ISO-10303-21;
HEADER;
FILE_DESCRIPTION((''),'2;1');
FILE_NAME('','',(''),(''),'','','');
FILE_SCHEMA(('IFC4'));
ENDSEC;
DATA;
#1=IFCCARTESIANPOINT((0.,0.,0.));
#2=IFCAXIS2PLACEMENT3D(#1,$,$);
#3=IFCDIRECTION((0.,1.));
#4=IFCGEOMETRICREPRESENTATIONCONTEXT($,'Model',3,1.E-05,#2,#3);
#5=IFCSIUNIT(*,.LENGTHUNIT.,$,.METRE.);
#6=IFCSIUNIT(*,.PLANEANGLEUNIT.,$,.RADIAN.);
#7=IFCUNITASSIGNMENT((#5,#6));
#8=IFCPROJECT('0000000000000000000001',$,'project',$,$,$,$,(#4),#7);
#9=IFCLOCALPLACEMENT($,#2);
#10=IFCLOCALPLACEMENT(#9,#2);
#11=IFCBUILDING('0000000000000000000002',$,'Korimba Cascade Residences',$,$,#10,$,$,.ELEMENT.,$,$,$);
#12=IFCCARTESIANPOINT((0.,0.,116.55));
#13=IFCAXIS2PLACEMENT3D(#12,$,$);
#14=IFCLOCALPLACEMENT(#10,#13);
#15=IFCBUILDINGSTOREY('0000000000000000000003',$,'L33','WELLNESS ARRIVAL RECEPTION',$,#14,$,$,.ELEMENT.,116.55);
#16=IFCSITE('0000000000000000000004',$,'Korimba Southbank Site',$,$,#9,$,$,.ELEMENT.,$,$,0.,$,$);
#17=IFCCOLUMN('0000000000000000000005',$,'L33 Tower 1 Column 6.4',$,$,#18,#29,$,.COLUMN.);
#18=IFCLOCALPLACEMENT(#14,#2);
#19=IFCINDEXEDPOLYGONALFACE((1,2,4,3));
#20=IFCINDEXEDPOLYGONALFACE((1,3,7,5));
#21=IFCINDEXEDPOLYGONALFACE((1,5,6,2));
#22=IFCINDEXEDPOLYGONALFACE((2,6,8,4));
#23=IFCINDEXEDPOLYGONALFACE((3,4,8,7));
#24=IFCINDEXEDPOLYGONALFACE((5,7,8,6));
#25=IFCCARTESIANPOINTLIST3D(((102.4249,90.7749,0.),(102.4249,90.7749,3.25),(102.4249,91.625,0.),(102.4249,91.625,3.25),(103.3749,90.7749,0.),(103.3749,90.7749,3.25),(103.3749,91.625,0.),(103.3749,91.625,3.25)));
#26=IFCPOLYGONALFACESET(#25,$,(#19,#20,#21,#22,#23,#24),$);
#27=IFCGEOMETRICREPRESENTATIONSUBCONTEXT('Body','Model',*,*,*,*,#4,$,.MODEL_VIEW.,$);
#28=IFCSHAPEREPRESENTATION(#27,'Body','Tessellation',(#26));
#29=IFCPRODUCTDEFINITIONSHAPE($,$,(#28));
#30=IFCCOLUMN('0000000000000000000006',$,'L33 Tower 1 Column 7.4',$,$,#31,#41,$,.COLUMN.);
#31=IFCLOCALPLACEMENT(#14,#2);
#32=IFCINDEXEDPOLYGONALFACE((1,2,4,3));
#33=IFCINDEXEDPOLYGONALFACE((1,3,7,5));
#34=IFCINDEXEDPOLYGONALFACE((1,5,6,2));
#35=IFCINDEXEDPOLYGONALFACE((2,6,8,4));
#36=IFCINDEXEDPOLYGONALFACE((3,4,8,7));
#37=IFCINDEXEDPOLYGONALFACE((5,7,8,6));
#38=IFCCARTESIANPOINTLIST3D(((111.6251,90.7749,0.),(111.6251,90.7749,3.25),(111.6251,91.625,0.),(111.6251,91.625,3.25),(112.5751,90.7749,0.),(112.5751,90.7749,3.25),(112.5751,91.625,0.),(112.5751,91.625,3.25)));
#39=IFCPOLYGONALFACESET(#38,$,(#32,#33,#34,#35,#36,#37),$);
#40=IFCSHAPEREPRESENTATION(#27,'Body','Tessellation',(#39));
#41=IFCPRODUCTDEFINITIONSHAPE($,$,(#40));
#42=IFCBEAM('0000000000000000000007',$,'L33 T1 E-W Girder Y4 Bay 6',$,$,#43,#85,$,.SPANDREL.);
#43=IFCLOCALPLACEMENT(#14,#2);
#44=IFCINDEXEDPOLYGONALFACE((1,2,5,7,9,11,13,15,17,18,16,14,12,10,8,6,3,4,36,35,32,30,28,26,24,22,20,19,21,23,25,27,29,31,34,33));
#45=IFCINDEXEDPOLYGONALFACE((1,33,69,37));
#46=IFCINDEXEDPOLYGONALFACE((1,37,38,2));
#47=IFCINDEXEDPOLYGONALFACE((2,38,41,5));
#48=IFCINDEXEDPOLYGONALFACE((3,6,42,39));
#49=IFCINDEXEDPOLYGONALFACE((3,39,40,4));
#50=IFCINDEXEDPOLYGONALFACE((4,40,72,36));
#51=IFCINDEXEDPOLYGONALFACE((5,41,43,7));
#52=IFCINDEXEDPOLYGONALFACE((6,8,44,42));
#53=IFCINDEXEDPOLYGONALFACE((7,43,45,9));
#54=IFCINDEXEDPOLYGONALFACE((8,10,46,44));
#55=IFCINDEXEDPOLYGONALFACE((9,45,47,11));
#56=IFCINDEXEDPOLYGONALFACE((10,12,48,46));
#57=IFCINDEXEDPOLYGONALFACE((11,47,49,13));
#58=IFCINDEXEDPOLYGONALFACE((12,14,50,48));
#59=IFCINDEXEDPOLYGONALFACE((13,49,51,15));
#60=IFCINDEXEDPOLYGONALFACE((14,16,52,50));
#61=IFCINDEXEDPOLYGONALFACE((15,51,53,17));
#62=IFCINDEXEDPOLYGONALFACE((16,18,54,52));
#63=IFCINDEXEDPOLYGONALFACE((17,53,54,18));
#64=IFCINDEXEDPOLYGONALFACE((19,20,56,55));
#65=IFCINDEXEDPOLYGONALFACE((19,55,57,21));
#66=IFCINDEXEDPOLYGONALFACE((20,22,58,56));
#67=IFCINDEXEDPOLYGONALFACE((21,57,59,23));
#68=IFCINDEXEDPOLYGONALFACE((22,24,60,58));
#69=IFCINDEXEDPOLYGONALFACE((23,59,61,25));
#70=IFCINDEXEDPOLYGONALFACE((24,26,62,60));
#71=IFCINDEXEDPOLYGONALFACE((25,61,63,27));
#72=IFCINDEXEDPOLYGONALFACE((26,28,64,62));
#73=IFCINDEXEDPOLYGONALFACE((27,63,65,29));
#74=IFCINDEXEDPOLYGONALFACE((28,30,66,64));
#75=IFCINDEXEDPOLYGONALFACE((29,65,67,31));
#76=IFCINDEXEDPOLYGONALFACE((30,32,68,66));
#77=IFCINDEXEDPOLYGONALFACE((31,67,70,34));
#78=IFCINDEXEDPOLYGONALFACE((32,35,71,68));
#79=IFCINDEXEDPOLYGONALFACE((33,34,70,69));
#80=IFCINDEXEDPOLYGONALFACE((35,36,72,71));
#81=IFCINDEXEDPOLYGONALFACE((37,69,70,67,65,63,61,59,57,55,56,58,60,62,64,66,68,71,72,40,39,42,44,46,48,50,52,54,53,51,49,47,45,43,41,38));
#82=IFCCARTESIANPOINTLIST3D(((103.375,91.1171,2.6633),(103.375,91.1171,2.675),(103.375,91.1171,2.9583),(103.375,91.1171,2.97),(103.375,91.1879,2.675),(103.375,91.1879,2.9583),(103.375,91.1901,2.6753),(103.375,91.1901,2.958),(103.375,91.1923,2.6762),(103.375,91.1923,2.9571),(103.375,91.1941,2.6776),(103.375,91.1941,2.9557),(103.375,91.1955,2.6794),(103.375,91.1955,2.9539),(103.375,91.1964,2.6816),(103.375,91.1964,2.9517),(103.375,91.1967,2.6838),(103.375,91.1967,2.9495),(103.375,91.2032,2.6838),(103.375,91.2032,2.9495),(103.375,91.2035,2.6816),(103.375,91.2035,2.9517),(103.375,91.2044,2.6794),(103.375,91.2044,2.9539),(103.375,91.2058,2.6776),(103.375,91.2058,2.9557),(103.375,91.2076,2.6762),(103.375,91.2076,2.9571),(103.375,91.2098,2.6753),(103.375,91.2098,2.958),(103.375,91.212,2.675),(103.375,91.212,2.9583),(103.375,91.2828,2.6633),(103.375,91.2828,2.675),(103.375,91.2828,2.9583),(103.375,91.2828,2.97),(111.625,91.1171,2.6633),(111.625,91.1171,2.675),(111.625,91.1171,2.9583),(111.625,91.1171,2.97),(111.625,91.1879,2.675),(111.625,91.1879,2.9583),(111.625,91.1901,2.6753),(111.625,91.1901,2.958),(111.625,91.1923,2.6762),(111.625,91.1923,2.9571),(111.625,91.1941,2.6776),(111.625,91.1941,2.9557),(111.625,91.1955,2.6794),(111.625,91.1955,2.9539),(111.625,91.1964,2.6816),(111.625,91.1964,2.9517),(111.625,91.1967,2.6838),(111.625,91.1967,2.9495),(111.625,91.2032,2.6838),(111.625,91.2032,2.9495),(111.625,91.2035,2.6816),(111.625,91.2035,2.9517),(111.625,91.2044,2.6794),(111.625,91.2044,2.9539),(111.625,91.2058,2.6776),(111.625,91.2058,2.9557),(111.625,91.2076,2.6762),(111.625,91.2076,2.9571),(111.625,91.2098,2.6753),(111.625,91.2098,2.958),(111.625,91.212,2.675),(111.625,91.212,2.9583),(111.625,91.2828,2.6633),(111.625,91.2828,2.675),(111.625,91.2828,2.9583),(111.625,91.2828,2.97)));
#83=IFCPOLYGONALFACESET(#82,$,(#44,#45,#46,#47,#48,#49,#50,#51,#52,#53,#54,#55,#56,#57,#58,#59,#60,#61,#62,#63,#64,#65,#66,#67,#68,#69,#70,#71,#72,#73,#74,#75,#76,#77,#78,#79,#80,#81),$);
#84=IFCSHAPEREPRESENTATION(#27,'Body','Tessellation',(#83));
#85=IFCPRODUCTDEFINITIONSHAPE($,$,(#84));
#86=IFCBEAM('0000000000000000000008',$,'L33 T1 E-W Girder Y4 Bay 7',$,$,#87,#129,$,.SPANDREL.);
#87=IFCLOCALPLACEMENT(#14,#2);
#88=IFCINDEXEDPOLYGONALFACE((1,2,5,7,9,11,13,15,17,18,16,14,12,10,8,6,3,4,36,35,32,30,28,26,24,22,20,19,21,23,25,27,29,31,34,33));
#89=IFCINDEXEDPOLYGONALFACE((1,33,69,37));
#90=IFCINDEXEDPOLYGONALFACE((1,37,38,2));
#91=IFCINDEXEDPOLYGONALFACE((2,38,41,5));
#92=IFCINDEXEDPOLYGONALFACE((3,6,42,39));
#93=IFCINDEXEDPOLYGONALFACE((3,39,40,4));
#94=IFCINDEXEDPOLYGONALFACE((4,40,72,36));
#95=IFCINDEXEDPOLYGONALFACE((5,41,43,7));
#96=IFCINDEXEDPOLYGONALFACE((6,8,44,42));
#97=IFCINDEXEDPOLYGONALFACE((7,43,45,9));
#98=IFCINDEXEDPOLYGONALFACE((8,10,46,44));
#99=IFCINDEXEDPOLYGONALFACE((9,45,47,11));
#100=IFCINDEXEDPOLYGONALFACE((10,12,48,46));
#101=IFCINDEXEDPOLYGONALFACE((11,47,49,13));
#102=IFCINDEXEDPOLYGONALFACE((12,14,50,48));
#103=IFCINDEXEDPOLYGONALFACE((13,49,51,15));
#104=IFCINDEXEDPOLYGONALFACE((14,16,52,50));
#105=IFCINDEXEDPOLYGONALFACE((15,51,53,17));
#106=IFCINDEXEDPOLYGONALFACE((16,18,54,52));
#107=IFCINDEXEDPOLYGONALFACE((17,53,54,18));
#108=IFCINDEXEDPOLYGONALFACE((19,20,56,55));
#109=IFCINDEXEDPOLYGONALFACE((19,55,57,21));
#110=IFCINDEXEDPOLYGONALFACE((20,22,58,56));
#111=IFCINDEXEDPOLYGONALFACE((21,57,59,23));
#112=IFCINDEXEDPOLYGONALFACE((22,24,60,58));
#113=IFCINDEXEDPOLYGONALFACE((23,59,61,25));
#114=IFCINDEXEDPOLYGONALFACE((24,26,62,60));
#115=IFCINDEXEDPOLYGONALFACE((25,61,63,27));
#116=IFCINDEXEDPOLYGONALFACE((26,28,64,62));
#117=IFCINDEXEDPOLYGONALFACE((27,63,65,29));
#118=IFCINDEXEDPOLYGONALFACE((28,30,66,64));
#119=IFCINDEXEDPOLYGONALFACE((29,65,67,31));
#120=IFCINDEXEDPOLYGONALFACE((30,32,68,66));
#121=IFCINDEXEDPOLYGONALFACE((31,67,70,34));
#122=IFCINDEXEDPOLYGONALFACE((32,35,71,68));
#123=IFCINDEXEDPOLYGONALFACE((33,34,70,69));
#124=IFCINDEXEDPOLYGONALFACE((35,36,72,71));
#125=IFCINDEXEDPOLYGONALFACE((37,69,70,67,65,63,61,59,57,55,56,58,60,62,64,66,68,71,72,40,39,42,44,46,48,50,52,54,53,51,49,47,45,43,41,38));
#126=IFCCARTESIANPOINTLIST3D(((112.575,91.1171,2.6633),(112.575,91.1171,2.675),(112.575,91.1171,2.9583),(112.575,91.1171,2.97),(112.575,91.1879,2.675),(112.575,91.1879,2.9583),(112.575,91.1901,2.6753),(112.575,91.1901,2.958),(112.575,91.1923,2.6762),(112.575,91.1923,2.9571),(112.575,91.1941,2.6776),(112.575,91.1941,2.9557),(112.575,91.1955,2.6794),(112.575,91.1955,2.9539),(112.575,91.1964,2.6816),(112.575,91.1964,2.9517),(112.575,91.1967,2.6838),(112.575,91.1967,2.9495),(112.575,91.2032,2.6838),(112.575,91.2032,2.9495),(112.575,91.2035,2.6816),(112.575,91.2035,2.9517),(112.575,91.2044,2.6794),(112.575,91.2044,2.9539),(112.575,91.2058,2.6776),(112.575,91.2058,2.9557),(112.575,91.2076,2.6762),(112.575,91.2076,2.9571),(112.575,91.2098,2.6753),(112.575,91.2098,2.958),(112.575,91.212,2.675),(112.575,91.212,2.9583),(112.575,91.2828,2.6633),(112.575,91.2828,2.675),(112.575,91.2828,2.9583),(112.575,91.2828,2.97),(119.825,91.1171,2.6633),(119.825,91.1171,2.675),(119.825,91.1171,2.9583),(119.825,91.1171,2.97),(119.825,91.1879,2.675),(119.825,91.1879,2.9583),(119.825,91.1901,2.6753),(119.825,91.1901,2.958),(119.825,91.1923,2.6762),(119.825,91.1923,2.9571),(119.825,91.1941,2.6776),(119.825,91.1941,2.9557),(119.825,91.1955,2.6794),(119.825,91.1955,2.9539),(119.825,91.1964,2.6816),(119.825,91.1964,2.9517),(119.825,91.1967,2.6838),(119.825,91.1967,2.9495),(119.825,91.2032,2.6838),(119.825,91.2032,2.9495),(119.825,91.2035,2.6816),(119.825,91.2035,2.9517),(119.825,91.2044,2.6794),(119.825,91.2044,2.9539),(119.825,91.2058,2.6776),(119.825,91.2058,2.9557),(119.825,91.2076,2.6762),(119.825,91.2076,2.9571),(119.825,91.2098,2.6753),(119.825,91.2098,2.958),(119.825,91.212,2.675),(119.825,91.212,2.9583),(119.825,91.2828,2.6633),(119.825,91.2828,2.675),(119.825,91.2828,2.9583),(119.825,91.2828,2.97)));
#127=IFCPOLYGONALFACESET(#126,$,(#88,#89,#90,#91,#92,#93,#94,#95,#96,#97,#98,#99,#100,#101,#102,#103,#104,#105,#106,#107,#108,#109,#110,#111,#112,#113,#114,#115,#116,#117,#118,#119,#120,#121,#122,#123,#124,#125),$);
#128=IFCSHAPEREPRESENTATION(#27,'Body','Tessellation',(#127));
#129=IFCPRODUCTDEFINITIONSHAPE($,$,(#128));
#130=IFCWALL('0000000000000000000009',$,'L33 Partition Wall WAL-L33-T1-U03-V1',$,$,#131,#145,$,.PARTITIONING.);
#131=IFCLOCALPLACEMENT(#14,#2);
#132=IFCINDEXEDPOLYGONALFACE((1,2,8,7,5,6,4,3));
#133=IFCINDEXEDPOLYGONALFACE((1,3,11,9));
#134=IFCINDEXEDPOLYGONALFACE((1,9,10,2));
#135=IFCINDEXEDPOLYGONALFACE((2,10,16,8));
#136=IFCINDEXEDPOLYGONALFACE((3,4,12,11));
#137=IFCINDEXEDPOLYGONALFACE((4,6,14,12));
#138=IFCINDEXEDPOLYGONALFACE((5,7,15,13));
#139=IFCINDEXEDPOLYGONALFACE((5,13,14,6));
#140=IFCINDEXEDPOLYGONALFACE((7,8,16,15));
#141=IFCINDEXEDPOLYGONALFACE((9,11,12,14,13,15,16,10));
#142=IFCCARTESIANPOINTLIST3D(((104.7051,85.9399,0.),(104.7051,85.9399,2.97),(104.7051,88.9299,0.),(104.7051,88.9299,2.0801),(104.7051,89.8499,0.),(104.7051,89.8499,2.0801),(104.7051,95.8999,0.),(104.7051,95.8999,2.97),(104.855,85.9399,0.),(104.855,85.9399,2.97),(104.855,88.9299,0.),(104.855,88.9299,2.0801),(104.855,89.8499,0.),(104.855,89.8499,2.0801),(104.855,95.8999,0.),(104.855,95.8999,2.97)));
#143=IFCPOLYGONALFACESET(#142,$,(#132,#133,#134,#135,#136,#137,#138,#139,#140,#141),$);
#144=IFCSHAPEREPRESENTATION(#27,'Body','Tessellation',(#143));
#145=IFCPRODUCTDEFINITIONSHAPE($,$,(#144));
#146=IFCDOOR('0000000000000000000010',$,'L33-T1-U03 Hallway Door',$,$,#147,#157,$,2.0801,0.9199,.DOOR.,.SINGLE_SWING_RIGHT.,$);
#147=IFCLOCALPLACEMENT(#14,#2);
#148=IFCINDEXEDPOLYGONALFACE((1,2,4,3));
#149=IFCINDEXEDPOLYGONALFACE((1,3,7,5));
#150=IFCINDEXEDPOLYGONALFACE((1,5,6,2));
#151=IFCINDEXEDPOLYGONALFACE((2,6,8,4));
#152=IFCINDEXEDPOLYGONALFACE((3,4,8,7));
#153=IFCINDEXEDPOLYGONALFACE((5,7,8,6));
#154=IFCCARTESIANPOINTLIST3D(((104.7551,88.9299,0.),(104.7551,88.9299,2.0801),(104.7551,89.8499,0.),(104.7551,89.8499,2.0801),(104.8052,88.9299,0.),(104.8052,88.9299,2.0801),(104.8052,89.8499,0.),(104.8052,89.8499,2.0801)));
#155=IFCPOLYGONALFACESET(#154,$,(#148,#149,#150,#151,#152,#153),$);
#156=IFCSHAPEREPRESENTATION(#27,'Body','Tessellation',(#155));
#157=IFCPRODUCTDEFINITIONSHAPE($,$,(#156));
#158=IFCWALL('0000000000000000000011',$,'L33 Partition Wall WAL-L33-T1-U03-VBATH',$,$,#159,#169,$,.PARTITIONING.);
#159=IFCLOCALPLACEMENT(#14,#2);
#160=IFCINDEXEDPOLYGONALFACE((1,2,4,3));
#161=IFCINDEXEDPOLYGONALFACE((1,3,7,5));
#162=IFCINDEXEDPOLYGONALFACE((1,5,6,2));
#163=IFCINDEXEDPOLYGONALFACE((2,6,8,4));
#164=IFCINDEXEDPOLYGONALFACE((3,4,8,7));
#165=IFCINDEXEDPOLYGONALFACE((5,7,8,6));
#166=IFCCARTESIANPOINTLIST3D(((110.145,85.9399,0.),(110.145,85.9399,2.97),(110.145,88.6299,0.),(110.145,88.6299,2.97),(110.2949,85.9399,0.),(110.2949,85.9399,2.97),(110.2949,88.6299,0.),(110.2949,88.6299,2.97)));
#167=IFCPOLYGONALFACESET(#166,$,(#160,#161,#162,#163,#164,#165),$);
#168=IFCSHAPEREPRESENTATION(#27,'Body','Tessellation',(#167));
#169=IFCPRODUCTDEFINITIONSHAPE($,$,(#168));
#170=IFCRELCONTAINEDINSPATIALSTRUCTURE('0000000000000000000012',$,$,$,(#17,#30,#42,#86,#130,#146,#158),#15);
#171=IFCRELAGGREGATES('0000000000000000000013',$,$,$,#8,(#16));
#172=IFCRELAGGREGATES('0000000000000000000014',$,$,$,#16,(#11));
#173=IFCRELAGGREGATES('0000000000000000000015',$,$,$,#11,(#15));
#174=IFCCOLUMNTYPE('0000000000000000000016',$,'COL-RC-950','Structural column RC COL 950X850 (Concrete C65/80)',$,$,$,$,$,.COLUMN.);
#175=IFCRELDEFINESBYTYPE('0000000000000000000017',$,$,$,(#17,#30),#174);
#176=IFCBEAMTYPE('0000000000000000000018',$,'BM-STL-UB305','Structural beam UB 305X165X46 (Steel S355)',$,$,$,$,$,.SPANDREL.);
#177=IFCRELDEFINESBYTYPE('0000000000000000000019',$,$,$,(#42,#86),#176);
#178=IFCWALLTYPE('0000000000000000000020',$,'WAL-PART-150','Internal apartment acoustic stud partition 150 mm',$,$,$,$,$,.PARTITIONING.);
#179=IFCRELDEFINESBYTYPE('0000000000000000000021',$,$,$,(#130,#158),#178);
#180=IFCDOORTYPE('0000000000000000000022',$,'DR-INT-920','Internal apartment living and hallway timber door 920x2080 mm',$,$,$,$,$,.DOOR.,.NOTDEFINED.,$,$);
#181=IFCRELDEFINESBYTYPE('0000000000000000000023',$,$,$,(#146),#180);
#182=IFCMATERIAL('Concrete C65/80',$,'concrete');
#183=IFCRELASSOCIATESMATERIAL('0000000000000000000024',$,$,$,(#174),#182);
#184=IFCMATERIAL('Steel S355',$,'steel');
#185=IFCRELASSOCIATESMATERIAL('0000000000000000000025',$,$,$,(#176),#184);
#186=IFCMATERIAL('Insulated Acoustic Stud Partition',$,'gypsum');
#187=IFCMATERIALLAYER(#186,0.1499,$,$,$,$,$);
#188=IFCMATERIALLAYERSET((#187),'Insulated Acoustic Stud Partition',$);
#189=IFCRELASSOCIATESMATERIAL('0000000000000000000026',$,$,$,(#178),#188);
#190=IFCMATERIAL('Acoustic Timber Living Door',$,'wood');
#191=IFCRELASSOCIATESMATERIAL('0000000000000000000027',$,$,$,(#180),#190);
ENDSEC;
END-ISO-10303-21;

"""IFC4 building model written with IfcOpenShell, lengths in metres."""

from ifc_helpers import new_model, si_unit, direction, frame, frame_2d, origin, origin_2d, place, context, subcontext, project, spatial, rectangle, i_section, extrude, material, layer, layer_set, material_profile, profile_set, type_object, element, fill, save


model = new_model("IFC4")

# Units and contexts
model_context = context("Model", 3, precision=1e-05, world=origin(), true_north=direction((0.0, 1.0)))
body_context = subcontext(model_context, "Body", "Model", "MODEL_VIEW")
ifc_project = project(units=[si_unit("LENGTHUNIT", "METRE"), si_unit("PLANEANGLEUNIT", "RADIAN")], contexts=[model_context])

# Site, building, storey
site_placement = place(None, origin())
site = spatial("IfcSite", under=ifc_project, at=site_placement, Name="Korimba Southbank Site", CompositionType="ELEMENT", RefElevation=0.0)
building_placement = place(site_placement, origin())
building = spatial("IfcBuilding", under=site, at=building_placement, Name="Korimba Cascade Residences", CompositionType="ELEMENT")
storey_placement = place(building_placement, frame((0.0, 0.0, 116.55)))
storey = spatial("IfcBuildingStorey", under=building, at=storey_placement, Name="L33", Description="WELLNESS ARRIVAL RECEPTION", CompositionType="ELEMENT", Elevation=116.55)

# Columns
ifc_material_1 = material(Name="Concrete C65/80", Category="concrete")
ifc_material_profile_1 = material_profile(ifc_material_1, rectangle(XDim=0.95, YDim=0.8501, at=origin_2d()), Name="Concrete C65/80")
ifc_profile_set_1 = profile_set([ifc_material_profile_1], Name="Concrete C65/80")
column_type = type_object("IfcColumnType", Name="COL-RC-950", Description="Structural column RC COL 950X850 (Concrete C65/80)", PredefinedType="COLUMN", material=ifc_profile_set_1)
for number, where, z_axis, x_axis, name in (
    (1, (102.8999, 91.2, 0.0), (0.0, 0.0, 1.0), (1.0, 0.0, 0.0), "L33 Tower 1 Column 6.4"),
    (2, (112.1001, 91.2, 0.0), (0.0, 0.0, 1.0), (1.0, 0.0, 0.0), "L33 Tower 1 Column 7.4"),
):
    element("IfcColumn", number, at=place(storey_placement, frame(where, z_axis=z_axis, x_axis=x_axis)), inside=storey, type_object=column_type, Name=name, PredefinedType="COLUMN", context=body_context, shape_type="SweptSolid", body=[
        extrude(rectangle(XDim=0.95, YDim=0.8501, at=origin_2d()), origin(), (0.0, 0.0, 1.0), 3.25),
    ])

# Beams
ifc_material_2 = material(Name="Steel S355", Category="steel")
ifc_material_profile_2 = material_profile(ifc_material_2, i_section(OverallWidth=0.1658, OverallDepth=0.3066, WebThickness=0.0066, FlangeThickness=0.0117, FilletRadius=0.0088, at=origin_2d()), Name="Steel S355")
ifc_profile_set_2 = profile_set([ifc_material_profile_2], Name="Steel S355")
beam_type = type_object("IfcBeamType", Name="BM-STL-UB305", Description="Structural beam UB 305X165X46 (Steel S355)", PredefinedType="SPANDREL", material=ifc_profile_set_2)
beam_1_placement = place(storey_placement, frame((103.375, 91.2, 2.8167), z_axis=(1.0, 0.0, 0.0), x_axis=(0.0, 1.0, 0.0)))
element("IfcBeam", 3, at=beam_1_placement, inside=storey, type_object=beam_type, Name="L33 T1 E-W Girder Y4 Bay 6", PredefinedType="SPANDREL", context=body_context, shape_type="SweptSolid", body=[
    extrude(i_section(OverallWidth=0.1658, OverallDepth=0.3066, WebThickness=0.0066, FlangeThickness=0.0117, FilletRadius=0.0088, at=origin_2d()), origin(), (0.0, 0.0, 1.0), 8.25),
])
beam_2_placement = place(storey_placement, frame((112.575, 91.2, 2.8167), z_axis=(1.0, 0.0, 0.0), x_axis=(0.0, 1.0, 0.0)))
element("IfcBeam", 4, at=beam_2_placement, inside=storey, type_object=beam_type, Name="L33 T1 E-W Girder Y4 Bay 7", PredefinedType="SPANDREL", context=body_context, shape_type="SweptSolid", body=[
    extrude(i_section(OverallWidth=0.1658, OverallDepth=0.3066, WebThickness=0.0066, FlangeThickness=0.0117, FilletRadius=0.0088, at=origin_2d()), origin(), (0.0, 0.0, 1.0), 7.25),
])

# Wall, opening, door
ifc_material_3 = material(Name="Insulated Acoustic Stud Partition", Category="gypsum")
ifc_layer = layer(ifc_material_3, 0.1499)
ifc_layer_set = layer_set([ifc_layer], Name="Insulated Acoustic Stud Partition")
wall_type = type_object("IfcWallType", Name="WAL-PART-150", Description="Internal apartment acoustic stud partition 150 mm", PredefinedType="PARTITIONING", material=ifc_layer_set)
wall_1_placement = place(storey_placement, frame((104.78, 85.9399, 0.0), z_axis=(0.0, 0.0, 1.0), x_axis=(0.0, 1.0, 0.0)))
wall_1 = element("IfcWall", 5, at=wall_1_placement, inside=storey, type_object=wall_type, Name="L33 Partition Wall WAL-L33-T1-U03-V1", PredefinedType="PARTITIONING", context=body_context, shape_type="SweptSolid", body=[
    extrude(rectangle(XDim=9.96, YDim=0.1499, at=frame_2d((4.98, 0.0))), origin(), (0.0, 0.0, 1.0), 2.97),
])
opening_1_placement = place(wall_1_placement, frame((2.99, 0.0, 0.0)))
opening_1 = element("IfcOpeningElement", 6, at=opening_1_placement, cuts=wall_1, PredefinedType="OPENING", context=body_context, shape_type="SweptSolid", body=[
    extrude(rectangle(XDim=0.9199, YDim=2.0801, at=frame_2d((0.46, 1.04))), frame((0.0, 0.085, 0.0), z_axis=(0.0, -1.0, 0.0), x_axis=(1.0, 0.0, 0.0)), (0.0, 0.0, 1.0), 0.1699),
])
ifc_material_4 = material(Name="Acoustic Timber Living Door", Category="wood")
door_type_1 = type_object("IfcDoorType", Name="DR-INT-920", Description="Internal apartment living and hallway timber door 920x2080 mm", OperationType="NOTDEFINED", PredefinedType="DOOR", material=ifc_material_4)
door_1_placement = place(opening_1_placement, origin())
door_1 = element("IfcDoor", 7, at=door_1_placement, inside=storey, type_object=door_type_1, Name="L33-T1-U03 Hallway Door", OperationType="SINGLE_SWING_RIGHT", OverallHeight=2.0801, OverallWidth=0.9199, PredefinedType="DOOR", context=body_context, shape_type="SweptSolid", body=[
    extrude(rectangle(XDim=0.9199, YDim=2.0801, at=frame_2d((0.46, 1.04))), frame((0.0, 0.0249, 0.0), z_axis=(0.0, -1.0, 0.0), x_axis=(1.0, 0.0, 0.0)), (0.0, 0.0, 1.0), 0.05),
])
fill(opening_1, door_1)

# Wall
wall_2_placement = place(storey_placement, frame((110.22, 85.9399, 0.0), z_axis=(0.0, 0.0, 1.0), x_axis=(0.0, 1.0, 0.0)))
element("IfcWall", 8, at=wall_2_placement, inside=storey, type_object=wall_type, Name="L33 Partition Wall WAL-L33-T1-U03-VBATH", PredefinedType="PARTITIONING", context=body_context, shape_type="SweptSolid", body=[
    extrude(rectangle(XDim=2.6899, YDim=0.1499, at=frame_2d((1.345, 0.0))), origin(), (0.0, 0.0, 1.0), 2.97),
])

save(model, "model.ifc")
